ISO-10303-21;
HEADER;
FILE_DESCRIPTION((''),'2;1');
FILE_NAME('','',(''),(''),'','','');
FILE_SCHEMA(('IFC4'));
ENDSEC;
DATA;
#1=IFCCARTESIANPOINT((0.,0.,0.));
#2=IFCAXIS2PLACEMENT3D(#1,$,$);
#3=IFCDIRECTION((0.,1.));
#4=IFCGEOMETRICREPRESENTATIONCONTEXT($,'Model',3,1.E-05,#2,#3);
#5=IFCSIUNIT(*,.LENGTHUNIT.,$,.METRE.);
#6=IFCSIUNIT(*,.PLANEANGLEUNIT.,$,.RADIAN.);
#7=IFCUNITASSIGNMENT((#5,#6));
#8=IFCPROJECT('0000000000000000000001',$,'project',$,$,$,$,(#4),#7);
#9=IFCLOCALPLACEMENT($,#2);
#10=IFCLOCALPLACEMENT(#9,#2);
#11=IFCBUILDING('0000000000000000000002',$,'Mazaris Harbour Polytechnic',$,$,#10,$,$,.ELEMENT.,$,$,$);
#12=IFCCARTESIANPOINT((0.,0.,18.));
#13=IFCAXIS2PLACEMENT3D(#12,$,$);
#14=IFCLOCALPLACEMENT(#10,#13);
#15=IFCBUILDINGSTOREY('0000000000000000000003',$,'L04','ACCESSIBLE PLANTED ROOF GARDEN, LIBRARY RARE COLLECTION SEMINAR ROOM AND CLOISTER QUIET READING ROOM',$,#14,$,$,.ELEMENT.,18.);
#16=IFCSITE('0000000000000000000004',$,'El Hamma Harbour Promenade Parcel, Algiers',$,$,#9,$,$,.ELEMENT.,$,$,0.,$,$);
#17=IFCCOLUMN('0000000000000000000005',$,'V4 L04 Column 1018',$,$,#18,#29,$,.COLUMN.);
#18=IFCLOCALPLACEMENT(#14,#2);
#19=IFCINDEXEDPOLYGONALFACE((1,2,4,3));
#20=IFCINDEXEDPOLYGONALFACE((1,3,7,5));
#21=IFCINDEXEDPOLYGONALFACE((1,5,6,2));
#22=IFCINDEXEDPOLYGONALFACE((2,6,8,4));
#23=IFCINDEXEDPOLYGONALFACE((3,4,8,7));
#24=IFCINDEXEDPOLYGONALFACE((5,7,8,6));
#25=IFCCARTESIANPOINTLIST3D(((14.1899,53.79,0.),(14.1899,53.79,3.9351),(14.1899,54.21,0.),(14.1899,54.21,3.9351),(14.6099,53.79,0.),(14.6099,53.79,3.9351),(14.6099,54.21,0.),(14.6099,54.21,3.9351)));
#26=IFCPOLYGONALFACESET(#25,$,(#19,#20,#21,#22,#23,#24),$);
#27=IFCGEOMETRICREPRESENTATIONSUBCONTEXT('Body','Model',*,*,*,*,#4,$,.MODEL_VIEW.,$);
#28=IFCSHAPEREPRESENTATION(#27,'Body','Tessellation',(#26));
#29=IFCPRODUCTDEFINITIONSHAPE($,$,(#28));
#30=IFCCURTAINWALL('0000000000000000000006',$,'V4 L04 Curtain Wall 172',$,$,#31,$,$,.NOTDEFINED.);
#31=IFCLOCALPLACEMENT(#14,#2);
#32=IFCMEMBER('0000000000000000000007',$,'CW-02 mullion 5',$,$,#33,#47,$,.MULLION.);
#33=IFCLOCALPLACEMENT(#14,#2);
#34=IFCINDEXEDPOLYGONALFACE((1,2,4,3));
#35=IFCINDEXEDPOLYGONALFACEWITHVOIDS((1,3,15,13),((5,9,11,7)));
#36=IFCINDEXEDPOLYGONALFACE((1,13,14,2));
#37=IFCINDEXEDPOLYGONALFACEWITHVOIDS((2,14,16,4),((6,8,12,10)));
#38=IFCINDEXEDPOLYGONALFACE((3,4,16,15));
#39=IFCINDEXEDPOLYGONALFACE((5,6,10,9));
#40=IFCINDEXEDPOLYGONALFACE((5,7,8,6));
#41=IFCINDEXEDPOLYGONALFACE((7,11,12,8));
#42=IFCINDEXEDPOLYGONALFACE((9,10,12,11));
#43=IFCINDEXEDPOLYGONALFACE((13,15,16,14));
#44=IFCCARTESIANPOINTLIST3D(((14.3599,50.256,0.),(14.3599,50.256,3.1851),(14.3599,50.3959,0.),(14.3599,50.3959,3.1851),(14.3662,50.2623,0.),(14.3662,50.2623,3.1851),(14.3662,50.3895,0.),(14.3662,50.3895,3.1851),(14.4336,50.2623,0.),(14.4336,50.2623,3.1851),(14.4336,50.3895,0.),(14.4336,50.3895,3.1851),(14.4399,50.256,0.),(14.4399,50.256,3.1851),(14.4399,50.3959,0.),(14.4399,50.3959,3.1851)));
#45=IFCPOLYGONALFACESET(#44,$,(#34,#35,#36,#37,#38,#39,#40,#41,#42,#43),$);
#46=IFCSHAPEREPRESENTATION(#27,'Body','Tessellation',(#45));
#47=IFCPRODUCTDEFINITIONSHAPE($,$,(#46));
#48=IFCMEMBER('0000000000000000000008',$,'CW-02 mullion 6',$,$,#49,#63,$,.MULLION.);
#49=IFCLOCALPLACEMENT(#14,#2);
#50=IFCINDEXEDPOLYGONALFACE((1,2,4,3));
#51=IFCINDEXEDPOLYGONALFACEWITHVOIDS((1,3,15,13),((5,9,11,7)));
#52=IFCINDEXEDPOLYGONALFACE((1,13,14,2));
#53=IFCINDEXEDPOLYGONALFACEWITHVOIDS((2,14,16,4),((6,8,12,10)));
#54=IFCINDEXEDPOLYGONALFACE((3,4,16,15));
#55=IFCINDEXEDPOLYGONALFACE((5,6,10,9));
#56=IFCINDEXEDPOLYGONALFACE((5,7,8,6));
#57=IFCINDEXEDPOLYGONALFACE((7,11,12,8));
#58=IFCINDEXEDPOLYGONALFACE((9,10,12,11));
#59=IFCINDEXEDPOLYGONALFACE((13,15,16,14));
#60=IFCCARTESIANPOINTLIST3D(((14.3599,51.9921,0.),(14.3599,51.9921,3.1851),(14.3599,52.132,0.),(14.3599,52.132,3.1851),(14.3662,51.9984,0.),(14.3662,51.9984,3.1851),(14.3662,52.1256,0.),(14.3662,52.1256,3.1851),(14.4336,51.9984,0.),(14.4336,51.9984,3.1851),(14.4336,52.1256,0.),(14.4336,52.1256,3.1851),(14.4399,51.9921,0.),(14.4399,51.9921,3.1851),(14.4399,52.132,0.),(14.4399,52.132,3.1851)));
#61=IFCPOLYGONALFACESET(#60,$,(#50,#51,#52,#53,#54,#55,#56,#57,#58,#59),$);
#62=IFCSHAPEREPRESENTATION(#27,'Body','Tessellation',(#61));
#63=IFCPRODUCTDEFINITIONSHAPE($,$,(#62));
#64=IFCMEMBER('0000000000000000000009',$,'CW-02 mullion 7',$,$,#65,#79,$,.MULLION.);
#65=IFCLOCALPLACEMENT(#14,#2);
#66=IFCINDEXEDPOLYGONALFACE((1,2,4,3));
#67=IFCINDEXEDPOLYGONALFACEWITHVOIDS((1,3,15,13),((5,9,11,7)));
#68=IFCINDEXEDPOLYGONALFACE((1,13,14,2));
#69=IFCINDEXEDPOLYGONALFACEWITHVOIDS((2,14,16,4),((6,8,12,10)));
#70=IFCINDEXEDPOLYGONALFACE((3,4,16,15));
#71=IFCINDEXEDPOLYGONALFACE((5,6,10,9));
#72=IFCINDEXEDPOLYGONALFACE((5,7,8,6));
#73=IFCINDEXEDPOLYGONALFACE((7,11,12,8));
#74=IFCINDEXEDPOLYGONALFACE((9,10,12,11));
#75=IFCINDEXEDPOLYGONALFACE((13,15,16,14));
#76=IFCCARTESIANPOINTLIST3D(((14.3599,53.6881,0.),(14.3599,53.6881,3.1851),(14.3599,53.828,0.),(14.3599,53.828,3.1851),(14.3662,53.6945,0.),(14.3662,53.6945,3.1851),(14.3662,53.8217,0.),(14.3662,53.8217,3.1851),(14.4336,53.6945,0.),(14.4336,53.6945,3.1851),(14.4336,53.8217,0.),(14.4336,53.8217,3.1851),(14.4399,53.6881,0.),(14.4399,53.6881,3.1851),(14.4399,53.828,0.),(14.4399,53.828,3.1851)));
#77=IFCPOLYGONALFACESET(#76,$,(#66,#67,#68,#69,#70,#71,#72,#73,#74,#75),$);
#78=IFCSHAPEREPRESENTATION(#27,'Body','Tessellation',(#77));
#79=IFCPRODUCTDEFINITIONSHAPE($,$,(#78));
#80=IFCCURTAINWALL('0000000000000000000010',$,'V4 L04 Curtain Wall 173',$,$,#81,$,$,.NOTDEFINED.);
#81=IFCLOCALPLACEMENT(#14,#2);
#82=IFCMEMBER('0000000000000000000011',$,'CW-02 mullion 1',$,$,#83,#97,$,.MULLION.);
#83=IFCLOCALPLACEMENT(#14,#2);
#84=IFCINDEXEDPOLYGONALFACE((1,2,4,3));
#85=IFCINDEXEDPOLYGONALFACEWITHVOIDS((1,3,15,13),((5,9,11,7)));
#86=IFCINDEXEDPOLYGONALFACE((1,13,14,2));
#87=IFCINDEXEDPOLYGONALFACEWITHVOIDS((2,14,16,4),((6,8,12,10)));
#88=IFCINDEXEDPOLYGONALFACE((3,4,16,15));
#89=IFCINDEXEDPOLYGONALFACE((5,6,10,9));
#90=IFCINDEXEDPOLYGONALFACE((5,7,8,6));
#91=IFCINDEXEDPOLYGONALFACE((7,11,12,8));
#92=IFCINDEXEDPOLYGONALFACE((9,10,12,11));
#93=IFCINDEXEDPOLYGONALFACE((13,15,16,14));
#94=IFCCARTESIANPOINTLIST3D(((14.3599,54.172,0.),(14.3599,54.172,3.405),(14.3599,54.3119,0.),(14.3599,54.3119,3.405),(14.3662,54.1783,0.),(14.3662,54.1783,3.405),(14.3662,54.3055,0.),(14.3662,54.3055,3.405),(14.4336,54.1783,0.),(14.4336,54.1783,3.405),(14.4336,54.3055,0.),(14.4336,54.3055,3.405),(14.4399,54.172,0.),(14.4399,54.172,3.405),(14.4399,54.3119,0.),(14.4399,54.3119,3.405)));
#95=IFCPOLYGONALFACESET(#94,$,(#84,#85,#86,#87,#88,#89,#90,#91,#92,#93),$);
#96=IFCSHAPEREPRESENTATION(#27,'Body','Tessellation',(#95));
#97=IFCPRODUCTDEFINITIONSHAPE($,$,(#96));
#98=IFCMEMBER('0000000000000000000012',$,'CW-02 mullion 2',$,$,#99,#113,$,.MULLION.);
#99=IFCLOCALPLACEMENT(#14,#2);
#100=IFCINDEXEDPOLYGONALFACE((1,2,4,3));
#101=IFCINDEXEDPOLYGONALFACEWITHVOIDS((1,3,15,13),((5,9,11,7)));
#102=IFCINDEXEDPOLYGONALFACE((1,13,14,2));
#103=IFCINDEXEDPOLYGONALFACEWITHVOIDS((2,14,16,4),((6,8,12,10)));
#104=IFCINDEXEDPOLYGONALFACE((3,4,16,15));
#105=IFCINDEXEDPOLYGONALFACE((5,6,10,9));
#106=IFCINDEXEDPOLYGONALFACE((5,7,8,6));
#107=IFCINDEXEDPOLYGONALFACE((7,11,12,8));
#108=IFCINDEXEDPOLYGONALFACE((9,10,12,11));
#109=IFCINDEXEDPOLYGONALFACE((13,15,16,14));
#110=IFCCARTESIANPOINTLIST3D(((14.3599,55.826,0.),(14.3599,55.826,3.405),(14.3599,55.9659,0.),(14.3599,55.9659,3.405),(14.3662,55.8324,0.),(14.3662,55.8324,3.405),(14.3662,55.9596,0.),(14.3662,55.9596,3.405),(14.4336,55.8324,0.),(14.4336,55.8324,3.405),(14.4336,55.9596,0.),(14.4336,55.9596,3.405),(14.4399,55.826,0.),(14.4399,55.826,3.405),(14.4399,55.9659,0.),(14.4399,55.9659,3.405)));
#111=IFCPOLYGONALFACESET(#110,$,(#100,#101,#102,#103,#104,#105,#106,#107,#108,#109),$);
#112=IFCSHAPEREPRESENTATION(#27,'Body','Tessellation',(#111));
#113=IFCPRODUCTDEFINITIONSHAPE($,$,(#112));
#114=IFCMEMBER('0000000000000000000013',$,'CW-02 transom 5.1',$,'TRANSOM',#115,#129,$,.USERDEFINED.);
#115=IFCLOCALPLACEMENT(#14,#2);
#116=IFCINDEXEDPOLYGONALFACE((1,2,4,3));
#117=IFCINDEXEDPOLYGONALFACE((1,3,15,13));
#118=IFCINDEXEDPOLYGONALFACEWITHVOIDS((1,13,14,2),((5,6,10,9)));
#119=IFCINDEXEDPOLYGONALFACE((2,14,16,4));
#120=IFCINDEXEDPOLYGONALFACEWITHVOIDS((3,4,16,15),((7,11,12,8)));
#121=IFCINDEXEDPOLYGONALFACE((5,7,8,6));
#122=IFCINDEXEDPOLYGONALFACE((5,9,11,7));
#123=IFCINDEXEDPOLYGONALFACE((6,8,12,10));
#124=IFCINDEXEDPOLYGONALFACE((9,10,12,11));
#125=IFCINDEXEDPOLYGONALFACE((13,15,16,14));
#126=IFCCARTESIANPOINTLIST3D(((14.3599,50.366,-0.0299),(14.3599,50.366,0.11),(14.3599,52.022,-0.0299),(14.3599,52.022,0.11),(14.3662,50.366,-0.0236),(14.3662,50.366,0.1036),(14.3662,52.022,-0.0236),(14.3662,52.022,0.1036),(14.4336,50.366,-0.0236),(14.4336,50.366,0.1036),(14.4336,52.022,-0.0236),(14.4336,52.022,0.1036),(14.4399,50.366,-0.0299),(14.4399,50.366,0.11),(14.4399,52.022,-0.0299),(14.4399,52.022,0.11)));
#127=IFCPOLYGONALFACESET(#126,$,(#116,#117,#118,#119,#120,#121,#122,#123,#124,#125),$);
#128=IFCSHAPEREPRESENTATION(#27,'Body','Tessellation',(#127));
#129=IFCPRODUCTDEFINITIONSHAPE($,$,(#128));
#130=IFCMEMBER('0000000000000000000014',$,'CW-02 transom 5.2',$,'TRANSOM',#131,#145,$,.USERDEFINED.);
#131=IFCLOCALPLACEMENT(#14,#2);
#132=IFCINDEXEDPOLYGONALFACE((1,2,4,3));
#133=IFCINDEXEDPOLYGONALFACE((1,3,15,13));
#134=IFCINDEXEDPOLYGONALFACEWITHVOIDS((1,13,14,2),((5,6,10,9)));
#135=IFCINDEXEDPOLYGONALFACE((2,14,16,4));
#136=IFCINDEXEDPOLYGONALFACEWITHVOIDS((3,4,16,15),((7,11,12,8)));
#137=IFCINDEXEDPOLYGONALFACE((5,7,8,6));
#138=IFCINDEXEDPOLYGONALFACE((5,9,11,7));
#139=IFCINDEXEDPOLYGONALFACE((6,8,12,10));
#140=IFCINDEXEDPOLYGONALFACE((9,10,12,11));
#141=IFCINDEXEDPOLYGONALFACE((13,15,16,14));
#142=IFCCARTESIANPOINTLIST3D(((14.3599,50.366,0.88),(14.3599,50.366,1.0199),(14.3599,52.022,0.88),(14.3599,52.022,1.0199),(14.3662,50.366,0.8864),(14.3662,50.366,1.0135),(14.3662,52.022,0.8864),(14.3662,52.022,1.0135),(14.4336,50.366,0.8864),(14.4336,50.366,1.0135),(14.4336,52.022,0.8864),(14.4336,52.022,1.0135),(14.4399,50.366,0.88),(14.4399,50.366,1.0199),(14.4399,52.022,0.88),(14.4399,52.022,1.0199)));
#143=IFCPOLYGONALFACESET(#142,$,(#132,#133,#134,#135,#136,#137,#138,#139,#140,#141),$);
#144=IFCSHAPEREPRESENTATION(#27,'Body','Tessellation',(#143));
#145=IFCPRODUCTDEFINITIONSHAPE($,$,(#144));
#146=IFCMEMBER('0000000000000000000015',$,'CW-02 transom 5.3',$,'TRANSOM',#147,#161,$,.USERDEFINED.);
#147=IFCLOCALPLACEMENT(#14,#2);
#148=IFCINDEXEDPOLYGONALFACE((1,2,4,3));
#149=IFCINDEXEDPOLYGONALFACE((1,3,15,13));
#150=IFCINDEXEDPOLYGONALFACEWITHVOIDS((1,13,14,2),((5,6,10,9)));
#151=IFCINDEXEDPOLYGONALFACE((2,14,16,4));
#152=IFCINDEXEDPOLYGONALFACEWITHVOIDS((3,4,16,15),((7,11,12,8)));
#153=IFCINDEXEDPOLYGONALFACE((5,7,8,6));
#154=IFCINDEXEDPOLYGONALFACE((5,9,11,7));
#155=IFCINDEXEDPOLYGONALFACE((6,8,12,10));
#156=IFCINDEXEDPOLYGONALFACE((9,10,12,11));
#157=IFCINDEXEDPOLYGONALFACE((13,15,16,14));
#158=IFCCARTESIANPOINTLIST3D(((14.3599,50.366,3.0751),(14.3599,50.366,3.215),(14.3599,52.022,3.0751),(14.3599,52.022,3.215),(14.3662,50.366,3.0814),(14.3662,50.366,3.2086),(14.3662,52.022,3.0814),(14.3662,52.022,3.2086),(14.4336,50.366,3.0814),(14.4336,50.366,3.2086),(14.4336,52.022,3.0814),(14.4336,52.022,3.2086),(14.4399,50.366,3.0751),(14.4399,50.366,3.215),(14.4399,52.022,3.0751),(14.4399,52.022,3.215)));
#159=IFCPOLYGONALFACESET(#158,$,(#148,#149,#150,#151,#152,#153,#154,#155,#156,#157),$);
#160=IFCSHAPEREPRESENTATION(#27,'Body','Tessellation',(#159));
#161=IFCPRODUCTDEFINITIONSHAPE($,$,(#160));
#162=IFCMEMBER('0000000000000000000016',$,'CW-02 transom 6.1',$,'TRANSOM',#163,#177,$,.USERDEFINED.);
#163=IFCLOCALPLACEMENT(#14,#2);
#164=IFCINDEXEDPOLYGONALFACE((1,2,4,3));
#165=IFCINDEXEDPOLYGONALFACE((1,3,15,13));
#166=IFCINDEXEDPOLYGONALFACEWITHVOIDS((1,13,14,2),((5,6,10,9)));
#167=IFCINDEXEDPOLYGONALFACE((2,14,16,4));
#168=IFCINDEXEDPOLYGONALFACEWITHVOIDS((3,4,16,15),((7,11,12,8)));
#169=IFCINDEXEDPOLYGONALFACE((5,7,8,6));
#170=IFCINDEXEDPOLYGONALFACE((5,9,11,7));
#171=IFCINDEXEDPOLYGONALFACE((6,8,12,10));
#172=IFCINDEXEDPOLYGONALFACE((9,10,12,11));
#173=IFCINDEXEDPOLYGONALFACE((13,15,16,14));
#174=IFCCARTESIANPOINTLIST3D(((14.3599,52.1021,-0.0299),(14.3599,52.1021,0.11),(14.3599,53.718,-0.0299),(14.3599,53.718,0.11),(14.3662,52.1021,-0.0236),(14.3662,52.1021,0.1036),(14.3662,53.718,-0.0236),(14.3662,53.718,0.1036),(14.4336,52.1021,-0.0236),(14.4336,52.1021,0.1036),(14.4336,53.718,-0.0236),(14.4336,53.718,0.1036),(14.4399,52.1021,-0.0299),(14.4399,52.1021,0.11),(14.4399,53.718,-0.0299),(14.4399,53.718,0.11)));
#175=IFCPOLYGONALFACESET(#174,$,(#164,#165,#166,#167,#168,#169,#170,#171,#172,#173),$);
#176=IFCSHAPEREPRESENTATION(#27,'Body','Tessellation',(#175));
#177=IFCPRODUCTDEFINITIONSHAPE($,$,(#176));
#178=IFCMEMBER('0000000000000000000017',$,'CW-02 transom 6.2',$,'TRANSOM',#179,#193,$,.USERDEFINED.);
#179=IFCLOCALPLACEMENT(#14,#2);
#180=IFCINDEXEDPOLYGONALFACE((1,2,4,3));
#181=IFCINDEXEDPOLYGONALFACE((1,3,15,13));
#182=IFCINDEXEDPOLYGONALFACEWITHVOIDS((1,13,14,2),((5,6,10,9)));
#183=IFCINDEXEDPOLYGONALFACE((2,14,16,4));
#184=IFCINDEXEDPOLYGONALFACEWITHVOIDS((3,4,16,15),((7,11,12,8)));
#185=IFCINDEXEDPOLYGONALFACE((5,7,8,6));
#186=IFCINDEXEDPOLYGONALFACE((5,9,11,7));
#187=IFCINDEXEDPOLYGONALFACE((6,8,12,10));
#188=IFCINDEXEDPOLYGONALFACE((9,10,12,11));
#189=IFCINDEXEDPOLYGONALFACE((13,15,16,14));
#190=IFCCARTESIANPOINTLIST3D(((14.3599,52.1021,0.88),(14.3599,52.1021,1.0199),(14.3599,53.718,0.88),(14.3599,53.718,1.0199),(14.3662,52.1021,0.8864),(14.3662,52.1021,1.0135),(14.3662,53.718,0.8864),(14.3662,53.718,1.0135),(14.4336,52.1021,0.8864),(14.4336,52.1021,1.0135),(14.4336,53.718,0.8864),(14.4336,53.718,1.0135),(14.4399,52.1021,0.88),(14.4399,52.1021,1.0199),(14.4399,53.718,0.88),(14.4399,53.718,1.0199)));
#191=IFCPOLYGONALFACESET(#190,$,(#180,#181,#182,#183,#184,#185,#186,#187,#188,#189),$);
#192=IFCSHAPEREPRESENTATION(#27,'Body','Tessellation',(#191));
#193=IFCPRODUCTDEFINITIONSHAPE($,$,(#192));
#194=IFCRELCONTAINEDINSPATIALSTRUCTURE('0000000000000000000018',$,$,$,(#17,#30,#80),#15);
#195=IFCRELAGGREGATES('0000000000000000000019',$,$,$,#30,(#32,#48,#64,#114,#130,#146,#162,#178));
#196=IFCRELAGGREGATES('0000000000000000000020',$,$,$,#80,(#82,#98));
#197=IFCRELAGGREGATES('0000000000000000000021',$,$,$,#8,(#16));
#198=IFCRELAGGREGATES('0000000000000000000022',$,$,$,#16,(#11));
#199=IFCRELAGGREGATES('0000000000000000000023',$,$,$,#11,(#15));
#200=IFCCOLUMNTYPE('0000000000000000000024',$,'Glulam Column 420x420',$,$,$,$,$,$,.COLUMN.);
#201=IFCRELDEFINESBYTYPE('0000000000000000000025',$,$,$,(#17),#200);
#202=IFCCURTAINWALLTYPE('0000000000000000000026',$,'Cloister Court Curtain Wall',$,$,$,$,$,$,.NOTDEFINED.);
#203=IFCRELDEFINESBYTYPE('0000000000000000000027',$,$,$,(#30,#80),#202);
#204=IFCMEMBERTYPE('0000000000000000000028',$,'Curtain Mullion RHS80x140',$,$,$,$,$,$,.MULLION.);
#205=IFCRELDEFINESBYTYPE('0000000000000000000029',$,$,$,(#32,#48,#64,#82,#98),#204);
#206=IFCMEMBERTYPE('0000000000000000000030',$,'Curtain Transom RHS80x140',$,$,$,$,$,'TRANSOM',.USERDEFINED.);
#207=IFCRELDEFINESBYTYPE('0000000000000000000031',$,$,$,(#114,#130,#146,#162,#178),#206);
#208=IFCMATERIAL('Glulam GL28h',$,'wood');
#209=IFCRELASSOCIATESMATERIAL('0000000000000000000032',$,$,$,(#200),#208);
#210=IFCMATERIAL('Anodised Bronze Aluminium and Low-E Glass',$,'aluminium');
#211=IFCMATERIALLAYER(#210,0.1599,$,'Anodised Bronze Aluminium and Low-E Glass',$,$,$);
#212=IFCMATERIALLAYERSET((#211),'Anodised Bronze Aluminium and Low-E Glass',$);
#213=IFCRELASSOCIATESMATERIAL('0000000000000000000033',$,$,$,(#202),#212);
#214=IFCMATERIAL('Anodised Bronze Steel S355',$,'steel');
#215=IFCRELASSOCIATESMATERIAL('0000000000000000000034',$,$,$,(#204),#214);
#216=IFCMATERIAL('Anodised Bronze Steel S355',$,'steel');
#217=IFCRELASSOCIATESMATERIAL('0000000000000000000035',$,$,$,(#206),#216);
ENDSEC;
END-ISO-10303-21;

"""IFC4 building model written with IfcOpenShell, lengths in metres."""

from ifc_helpers import new_model, si_unit, direction, frame, origin, origin_2d, place, context, subcontext, project, spatial, rectangle, hollow_rectangle, extrude, material, layer, layer_set, material_profile, profile_set, type_object, element, aggregate, save


model = new_model("IFC4")

# Units and contexts
model_context = context("Model", 3, precision=1e-05, world=origin(), true_north=direction((0.0, 1.0)))
body_context = subcontext(model_context, "Body", "Model", "MODEL_VIEW")
ifc_project = project(units=[si_unit("LENGTHUNIT", "METRE"), si_unit("PLANEANGLEUNIT", "RADIAN")], contexts=[model_context])

# Site, building, storey
site_placement = place(None, origin())
site = spatial("IfcSite", under=ifc_project, at=site_placement, Name="El Hamma Harbour Promenade Parcel, Algiers", CompositionType="ELEMENT", RefElevation=0.0)
building_placement = place(site_placement, origin())
building = spatial("IfcBuilding", under=site, at=building_placement, Name="Mazaris Harbour Polytechnic", CompositionType="ELEMENT")
storey_placement = place(building_placement, frame((0.0, 0.0, 18.0)))
storey = spatial("IfcBuildingStorey", under=building, at=storey_placement, Name="L04", Description="ACCESSIBLE PLANTED ROOF GARDEN, LIBRARY RARE COLLECTION SEMINAR ROOM AND CLOISTER QUIET READING ROOM", CompositionType="ELEMENT", Elevation=18.0)

# Column
ifc_material_1 = material(Name="Glulam GL28h", Category="wood")
ifc_material_profile_1 = material_profile(ifc_material_1, rectangle(XDim=0.4199, YDim=0.4199, at=origin_2d()), Name="RECT420x420")
ifc_profile_set_1 = profile_set([ifc_material_profile_1], Name="Glulam GL28h")
column_type = type_object("IfcColumnType", Name="Glulam Column 420x420", PredefinedType="COLUMN", material=ifc_profile_set_1)
column_placement = place(storey_placement, frame((14.3999, 54.0, 0.0), z_axis=(0.0, 0.0, 1.0), x_axis=(1.0, 0.0, 0.0)))
element("IfcColumn", 1, at=column_placement, inside=storey, type_object=column_type, Name="V4 L04 Column 1018", PredefinedType="COLUMN", context=body_context, shape_type="SweptSolid", body=[
    extrude(rectangle(XDim=0.4199, YDim=0.4199, at=origin_2d()), origin(), (0.0, 0.0, 1.0), 3.9351),
])

# Curtain walls, members
ifc_material_2 = material(Name="Anodised Bronze Aluminium and Low-E Glass", Category="aluminium")
ifc_layer_1 = layer(ifc_material_2, 0.1599, Name="Anodised Bronze Aluminium and Low-E Glass")
ifc_layer_set_1 = layer_set([ifc_layer_1], Name="Anodised Bronze Aluminium and Low-E Glass")
curtain_wall_type = type_object("IfcCurtainWallType", Name="Cloister Court Curtain Wall", PredefinedType="NOTDEFINED", material=ifc_layer_set_1)
curtain_wall_1_placement = place(storey_placement, origin())
curtain_wall_1 = element("IfcCurtainWall", 2, at=curtain_wall_1_placement, inside=storey, type_object=curtain_wall_type, Name="V4 L04 Curtain Wall 172", PredefinedType="NOTDEFINED")
ifc_material_3 = material(Name="Anodised Bronze Steel S355", Category="steel")
ifc_material_profile_2 = material_profile(ifc_material_3, hollow_rectangle(XDim=0.0801, YDim=0.1399, WallThickness=0.0063, at=origin_2d()), Name="RHS 80x140x6.3")
ifc_profile_set_2 = profile_set([ifc_material_profile_2], Name="Anodised Bronze Steel S355")
member_type_1 = type_object("IfcMemberType", Name="Curtain Mullion RHS80x140", PredefinedType="MULLION", material=ifc_profile_set_2)
member_1_placement = place(storey_placement, frame((14.3999, 50.3259, 0.0), z_axis=(0.0, 0.0, 1.0), x_axis=(-1.0, 0.0, 0.0)))
member_1 = element("IfcMember", 3, at=member_1_placement, type_object=member_type_1, Name="CW-02 mullion 5", PredefinedType="MULLION", context=body_context, shape_type="SweptSolid", body=[
    extrude(hollow_rectangle(XDim=0.0801, YDim=0.1399, WallThickness=0.0063, at=origin_2d()), origin(), (0.0, 0.0, 1.0), 3.1851),
])
member_2_placement = place(storey_placement, frame((14.3999, 52.062, 0.0), z_axis=(0.0, 0.0, 1.0), x_axis=(-1.0, 0.0, 0.0)))
member_2 = element("IfcMember", 4, at=member_2_placement, type_object=member_type_1, Name="CW-02 mullion 6", PredefinedType="MULLION", context=body_context, shape_type="SweptSolid", body=[
    extrude(hollow_rectangle(XDim=0.0801, YDim=0.1399, WallThickness=0.0063, at=origin_2d()), origin(), (0.0, 0.0, 1.0), 3.1851),
])
member_3_placement = place(storey_placement, frame((14.3999, 53.7581, 0.0), z_axis=(0.0, 0.0, 1.0), x_axis=(-1.0, 0.0, 0.0)))
member_3 = element("IfcMember", 5, at=member_3_placement, type_object=member_type_1, Name="CW-02 mullion 7", PredefinedType="MULLION", context=body_context, shape_type="SweptSolid", body=[
    extrude(hollow_rectangle(XDim=0.0801, YDim=0.1399, WallThickness=0.0063, at=origin_2d()), origin(), (0.0, 0.0, 1.0), 3.1851),
])
curtain_wall_2_placement = place(storey_placement, origin())
curtain_wall_2 = element("IfcCurtainWall", 6, at=curtain_wall_2_placement, inside=storey, type_object=curtain_wall_type, Name="V4 L04 Curtain Wall 173", PredefinedType="NOTDEFINED")
member_4_placement = place(storey_placement, frame((14.3999, 54.2419, 0.0), z_axis=(0.0, 0.0, 1.0), x_axis=(-1.0, 0.0, 0.0)))
member_4 = element("IfcMember", 7, at=member_4_placement, type_object=member_type_1, Name="CW-02 mullion 1", PredefinedType="MULLION", context=body_context, shape_type="SweptSolid", body=[
    extrude(hollow_rectangle(XDim=0.0801, YDim=0.1399, WallThickness=0.0063, at=origin_2d()), origin(), (0.0, 0.0, 1.0), 3.405),
])
member_5_placement = place(storey_placement, frame((14.3999, 55.896, 0.0), z_axis=(0.0, 0.0, 1.0), x_axis=(-1.0, 0.0, 0.0)))
member_5 = element("IfcMember", 8, at=member_5_placement, type_object=member_type_1, Name="CW-02 mullion 2", PredefinedType="MULLION", context=body_context, shape_type="SweptSolid", body=[
    extrude(hollow_rectangle(XDim=0.0801, YDim=0.1399, WallThickness=0.0063, at=origin_2d()), origin(), (0.0, 0.0, 1.0), 3.405),
])

# Members
ifc_material_4 = material(Name="Anodised Bronze Steel S355", Category="steel")
ifc_material_profile_3 = material_profile(ifc_material_4, hollow_rectangle(XDim=0.0801, YDim=0.1399, WallThickness=0.0063, at=origin_2d()), Name="RHS 80x140x6.3")
ifc_profile_set_3 = profile_set([ifc_material_profile_3], Name="Anodised Bronze Steel S355")
member_type_2 = type_object("IfcMemberType", Name="Curtain Transom RHS80x140", ElementType="TRANSOM", PredefinedType="USERDEFINED", material=ifc_profile_set_3)
member_6_placement = place(storey_placement, frame((14.3999, 50.366, 0.04), z_axis=(0.0, 1.0, 0.0), x_axis=(-1.0, 0.0, 0.0)))
member_6 = element("IfcMember", 9, at=member_6_placement, type_object=member_type_2, Name="CW-02 transom 5.1", ObjectType="TRANSOM", PredefinedType="USERDEFINED", context=body_context, shape_type="SweptSolid", body=[
    extrude(hollow_rectangle(XDim=0.0801, YDim=0.1399, WallThickness=0.0063, at=origin_2d()), origin(), (0.0, 0.0, 1.0), 1.656),
])
member_7_placement = place(storey_placement, frame((14.3999, 50.366, 0.95), z_axis=(0.0, 1.0, 0.0), x_axis=(-1.0, 0.0, 0.0)))
member_7 = element("IfcMember", 10, at=member_7_placement, type_object=member_type_2, Name="CW-02 transom 5.2", ObjectType="TRANSOM", PredefinedType="USERDEFINED", context=body_context, shape_type="SweptSolid", body=[
    extrude(hollow_rectangle(XDim=0.0801, YDim=0.1399, WallThickness=0.0063, at=origin_2d()), origin(), (0.0, 0.0, 1.0), 1.656),
])
member_8_placement = place(storey_placement, frame((14.3999, 50.366, 3.145), z_axis=(0.0, 1.0, 0.0), x_axis=(-1.0, 0.0, 0.0)))
member_8 = element("IfcMember", 11, at=member_8_placement, type_object=member_type_2, Name="CW-02 transom 5.3", ObjectType="TRANSOM", PredefinedType="USERDEFINED", context=body_context, shape_type="SweptSolid", body=[
    extrude(hollow_rectangle(XDim=0.0801, YDim=0.1399, WallThickness=0.0063, at=origin_2d()), origin(), (0.0, 0.0, 1.0), 1.656),
])
member_9_placement = place(storey_placement, frame((14.3999, 52.1021, 0.04), z_axis=(0.0, 1.0, 0.0), x_axis=(-1.0, 0.0, 0.0)))
member_9 = element("IfcMember", 12, at=member_9_placement, type_object=member_type_2, Name="CW-02 transom 6.1", ObjectType="TRANSOM", PredefinedType="USERDEFINED", context=body_context, shape_type="SweptSolid", body=[
    extrude(hollow_rectangle(XDim=0.0801, YDim=0.1399, WallThickness=0.0063, at=origin_2d()), origin(), (0.0, 0.0, 1.0), 1.616),
])
member_10_placement = place(storey_placement, frame((14.3999, 52.1021, 0.95), z_axis=(0.0, 1.0, 0.0), x_axis=(-1.0, 0.0, 0.0)))
member_10 = element("IfcMember", 13, at=member_10_placement, type_object=member_type_2, Name="CW-02 transom 6.2", ObjectType="TRANSOM", PredefinedType="USERDEFINED", context=body_context, shape_type="SweptSolid", body=[
    extrude(hollow_rectangle(XDim=0.0801, YDim=0.1399, WallThickness=0.0063, at=origin_2d()), origin(), (0.0, 0.0, 1.0), 1.616),
])

aggregate(curtain_wall_1, [member_1, member_2, member_3, member_6, member_7, member_8, member_9, member_10])
aggregate(curtain_wall_2, [member_4, member_5])

save(model, "model.ifc")
